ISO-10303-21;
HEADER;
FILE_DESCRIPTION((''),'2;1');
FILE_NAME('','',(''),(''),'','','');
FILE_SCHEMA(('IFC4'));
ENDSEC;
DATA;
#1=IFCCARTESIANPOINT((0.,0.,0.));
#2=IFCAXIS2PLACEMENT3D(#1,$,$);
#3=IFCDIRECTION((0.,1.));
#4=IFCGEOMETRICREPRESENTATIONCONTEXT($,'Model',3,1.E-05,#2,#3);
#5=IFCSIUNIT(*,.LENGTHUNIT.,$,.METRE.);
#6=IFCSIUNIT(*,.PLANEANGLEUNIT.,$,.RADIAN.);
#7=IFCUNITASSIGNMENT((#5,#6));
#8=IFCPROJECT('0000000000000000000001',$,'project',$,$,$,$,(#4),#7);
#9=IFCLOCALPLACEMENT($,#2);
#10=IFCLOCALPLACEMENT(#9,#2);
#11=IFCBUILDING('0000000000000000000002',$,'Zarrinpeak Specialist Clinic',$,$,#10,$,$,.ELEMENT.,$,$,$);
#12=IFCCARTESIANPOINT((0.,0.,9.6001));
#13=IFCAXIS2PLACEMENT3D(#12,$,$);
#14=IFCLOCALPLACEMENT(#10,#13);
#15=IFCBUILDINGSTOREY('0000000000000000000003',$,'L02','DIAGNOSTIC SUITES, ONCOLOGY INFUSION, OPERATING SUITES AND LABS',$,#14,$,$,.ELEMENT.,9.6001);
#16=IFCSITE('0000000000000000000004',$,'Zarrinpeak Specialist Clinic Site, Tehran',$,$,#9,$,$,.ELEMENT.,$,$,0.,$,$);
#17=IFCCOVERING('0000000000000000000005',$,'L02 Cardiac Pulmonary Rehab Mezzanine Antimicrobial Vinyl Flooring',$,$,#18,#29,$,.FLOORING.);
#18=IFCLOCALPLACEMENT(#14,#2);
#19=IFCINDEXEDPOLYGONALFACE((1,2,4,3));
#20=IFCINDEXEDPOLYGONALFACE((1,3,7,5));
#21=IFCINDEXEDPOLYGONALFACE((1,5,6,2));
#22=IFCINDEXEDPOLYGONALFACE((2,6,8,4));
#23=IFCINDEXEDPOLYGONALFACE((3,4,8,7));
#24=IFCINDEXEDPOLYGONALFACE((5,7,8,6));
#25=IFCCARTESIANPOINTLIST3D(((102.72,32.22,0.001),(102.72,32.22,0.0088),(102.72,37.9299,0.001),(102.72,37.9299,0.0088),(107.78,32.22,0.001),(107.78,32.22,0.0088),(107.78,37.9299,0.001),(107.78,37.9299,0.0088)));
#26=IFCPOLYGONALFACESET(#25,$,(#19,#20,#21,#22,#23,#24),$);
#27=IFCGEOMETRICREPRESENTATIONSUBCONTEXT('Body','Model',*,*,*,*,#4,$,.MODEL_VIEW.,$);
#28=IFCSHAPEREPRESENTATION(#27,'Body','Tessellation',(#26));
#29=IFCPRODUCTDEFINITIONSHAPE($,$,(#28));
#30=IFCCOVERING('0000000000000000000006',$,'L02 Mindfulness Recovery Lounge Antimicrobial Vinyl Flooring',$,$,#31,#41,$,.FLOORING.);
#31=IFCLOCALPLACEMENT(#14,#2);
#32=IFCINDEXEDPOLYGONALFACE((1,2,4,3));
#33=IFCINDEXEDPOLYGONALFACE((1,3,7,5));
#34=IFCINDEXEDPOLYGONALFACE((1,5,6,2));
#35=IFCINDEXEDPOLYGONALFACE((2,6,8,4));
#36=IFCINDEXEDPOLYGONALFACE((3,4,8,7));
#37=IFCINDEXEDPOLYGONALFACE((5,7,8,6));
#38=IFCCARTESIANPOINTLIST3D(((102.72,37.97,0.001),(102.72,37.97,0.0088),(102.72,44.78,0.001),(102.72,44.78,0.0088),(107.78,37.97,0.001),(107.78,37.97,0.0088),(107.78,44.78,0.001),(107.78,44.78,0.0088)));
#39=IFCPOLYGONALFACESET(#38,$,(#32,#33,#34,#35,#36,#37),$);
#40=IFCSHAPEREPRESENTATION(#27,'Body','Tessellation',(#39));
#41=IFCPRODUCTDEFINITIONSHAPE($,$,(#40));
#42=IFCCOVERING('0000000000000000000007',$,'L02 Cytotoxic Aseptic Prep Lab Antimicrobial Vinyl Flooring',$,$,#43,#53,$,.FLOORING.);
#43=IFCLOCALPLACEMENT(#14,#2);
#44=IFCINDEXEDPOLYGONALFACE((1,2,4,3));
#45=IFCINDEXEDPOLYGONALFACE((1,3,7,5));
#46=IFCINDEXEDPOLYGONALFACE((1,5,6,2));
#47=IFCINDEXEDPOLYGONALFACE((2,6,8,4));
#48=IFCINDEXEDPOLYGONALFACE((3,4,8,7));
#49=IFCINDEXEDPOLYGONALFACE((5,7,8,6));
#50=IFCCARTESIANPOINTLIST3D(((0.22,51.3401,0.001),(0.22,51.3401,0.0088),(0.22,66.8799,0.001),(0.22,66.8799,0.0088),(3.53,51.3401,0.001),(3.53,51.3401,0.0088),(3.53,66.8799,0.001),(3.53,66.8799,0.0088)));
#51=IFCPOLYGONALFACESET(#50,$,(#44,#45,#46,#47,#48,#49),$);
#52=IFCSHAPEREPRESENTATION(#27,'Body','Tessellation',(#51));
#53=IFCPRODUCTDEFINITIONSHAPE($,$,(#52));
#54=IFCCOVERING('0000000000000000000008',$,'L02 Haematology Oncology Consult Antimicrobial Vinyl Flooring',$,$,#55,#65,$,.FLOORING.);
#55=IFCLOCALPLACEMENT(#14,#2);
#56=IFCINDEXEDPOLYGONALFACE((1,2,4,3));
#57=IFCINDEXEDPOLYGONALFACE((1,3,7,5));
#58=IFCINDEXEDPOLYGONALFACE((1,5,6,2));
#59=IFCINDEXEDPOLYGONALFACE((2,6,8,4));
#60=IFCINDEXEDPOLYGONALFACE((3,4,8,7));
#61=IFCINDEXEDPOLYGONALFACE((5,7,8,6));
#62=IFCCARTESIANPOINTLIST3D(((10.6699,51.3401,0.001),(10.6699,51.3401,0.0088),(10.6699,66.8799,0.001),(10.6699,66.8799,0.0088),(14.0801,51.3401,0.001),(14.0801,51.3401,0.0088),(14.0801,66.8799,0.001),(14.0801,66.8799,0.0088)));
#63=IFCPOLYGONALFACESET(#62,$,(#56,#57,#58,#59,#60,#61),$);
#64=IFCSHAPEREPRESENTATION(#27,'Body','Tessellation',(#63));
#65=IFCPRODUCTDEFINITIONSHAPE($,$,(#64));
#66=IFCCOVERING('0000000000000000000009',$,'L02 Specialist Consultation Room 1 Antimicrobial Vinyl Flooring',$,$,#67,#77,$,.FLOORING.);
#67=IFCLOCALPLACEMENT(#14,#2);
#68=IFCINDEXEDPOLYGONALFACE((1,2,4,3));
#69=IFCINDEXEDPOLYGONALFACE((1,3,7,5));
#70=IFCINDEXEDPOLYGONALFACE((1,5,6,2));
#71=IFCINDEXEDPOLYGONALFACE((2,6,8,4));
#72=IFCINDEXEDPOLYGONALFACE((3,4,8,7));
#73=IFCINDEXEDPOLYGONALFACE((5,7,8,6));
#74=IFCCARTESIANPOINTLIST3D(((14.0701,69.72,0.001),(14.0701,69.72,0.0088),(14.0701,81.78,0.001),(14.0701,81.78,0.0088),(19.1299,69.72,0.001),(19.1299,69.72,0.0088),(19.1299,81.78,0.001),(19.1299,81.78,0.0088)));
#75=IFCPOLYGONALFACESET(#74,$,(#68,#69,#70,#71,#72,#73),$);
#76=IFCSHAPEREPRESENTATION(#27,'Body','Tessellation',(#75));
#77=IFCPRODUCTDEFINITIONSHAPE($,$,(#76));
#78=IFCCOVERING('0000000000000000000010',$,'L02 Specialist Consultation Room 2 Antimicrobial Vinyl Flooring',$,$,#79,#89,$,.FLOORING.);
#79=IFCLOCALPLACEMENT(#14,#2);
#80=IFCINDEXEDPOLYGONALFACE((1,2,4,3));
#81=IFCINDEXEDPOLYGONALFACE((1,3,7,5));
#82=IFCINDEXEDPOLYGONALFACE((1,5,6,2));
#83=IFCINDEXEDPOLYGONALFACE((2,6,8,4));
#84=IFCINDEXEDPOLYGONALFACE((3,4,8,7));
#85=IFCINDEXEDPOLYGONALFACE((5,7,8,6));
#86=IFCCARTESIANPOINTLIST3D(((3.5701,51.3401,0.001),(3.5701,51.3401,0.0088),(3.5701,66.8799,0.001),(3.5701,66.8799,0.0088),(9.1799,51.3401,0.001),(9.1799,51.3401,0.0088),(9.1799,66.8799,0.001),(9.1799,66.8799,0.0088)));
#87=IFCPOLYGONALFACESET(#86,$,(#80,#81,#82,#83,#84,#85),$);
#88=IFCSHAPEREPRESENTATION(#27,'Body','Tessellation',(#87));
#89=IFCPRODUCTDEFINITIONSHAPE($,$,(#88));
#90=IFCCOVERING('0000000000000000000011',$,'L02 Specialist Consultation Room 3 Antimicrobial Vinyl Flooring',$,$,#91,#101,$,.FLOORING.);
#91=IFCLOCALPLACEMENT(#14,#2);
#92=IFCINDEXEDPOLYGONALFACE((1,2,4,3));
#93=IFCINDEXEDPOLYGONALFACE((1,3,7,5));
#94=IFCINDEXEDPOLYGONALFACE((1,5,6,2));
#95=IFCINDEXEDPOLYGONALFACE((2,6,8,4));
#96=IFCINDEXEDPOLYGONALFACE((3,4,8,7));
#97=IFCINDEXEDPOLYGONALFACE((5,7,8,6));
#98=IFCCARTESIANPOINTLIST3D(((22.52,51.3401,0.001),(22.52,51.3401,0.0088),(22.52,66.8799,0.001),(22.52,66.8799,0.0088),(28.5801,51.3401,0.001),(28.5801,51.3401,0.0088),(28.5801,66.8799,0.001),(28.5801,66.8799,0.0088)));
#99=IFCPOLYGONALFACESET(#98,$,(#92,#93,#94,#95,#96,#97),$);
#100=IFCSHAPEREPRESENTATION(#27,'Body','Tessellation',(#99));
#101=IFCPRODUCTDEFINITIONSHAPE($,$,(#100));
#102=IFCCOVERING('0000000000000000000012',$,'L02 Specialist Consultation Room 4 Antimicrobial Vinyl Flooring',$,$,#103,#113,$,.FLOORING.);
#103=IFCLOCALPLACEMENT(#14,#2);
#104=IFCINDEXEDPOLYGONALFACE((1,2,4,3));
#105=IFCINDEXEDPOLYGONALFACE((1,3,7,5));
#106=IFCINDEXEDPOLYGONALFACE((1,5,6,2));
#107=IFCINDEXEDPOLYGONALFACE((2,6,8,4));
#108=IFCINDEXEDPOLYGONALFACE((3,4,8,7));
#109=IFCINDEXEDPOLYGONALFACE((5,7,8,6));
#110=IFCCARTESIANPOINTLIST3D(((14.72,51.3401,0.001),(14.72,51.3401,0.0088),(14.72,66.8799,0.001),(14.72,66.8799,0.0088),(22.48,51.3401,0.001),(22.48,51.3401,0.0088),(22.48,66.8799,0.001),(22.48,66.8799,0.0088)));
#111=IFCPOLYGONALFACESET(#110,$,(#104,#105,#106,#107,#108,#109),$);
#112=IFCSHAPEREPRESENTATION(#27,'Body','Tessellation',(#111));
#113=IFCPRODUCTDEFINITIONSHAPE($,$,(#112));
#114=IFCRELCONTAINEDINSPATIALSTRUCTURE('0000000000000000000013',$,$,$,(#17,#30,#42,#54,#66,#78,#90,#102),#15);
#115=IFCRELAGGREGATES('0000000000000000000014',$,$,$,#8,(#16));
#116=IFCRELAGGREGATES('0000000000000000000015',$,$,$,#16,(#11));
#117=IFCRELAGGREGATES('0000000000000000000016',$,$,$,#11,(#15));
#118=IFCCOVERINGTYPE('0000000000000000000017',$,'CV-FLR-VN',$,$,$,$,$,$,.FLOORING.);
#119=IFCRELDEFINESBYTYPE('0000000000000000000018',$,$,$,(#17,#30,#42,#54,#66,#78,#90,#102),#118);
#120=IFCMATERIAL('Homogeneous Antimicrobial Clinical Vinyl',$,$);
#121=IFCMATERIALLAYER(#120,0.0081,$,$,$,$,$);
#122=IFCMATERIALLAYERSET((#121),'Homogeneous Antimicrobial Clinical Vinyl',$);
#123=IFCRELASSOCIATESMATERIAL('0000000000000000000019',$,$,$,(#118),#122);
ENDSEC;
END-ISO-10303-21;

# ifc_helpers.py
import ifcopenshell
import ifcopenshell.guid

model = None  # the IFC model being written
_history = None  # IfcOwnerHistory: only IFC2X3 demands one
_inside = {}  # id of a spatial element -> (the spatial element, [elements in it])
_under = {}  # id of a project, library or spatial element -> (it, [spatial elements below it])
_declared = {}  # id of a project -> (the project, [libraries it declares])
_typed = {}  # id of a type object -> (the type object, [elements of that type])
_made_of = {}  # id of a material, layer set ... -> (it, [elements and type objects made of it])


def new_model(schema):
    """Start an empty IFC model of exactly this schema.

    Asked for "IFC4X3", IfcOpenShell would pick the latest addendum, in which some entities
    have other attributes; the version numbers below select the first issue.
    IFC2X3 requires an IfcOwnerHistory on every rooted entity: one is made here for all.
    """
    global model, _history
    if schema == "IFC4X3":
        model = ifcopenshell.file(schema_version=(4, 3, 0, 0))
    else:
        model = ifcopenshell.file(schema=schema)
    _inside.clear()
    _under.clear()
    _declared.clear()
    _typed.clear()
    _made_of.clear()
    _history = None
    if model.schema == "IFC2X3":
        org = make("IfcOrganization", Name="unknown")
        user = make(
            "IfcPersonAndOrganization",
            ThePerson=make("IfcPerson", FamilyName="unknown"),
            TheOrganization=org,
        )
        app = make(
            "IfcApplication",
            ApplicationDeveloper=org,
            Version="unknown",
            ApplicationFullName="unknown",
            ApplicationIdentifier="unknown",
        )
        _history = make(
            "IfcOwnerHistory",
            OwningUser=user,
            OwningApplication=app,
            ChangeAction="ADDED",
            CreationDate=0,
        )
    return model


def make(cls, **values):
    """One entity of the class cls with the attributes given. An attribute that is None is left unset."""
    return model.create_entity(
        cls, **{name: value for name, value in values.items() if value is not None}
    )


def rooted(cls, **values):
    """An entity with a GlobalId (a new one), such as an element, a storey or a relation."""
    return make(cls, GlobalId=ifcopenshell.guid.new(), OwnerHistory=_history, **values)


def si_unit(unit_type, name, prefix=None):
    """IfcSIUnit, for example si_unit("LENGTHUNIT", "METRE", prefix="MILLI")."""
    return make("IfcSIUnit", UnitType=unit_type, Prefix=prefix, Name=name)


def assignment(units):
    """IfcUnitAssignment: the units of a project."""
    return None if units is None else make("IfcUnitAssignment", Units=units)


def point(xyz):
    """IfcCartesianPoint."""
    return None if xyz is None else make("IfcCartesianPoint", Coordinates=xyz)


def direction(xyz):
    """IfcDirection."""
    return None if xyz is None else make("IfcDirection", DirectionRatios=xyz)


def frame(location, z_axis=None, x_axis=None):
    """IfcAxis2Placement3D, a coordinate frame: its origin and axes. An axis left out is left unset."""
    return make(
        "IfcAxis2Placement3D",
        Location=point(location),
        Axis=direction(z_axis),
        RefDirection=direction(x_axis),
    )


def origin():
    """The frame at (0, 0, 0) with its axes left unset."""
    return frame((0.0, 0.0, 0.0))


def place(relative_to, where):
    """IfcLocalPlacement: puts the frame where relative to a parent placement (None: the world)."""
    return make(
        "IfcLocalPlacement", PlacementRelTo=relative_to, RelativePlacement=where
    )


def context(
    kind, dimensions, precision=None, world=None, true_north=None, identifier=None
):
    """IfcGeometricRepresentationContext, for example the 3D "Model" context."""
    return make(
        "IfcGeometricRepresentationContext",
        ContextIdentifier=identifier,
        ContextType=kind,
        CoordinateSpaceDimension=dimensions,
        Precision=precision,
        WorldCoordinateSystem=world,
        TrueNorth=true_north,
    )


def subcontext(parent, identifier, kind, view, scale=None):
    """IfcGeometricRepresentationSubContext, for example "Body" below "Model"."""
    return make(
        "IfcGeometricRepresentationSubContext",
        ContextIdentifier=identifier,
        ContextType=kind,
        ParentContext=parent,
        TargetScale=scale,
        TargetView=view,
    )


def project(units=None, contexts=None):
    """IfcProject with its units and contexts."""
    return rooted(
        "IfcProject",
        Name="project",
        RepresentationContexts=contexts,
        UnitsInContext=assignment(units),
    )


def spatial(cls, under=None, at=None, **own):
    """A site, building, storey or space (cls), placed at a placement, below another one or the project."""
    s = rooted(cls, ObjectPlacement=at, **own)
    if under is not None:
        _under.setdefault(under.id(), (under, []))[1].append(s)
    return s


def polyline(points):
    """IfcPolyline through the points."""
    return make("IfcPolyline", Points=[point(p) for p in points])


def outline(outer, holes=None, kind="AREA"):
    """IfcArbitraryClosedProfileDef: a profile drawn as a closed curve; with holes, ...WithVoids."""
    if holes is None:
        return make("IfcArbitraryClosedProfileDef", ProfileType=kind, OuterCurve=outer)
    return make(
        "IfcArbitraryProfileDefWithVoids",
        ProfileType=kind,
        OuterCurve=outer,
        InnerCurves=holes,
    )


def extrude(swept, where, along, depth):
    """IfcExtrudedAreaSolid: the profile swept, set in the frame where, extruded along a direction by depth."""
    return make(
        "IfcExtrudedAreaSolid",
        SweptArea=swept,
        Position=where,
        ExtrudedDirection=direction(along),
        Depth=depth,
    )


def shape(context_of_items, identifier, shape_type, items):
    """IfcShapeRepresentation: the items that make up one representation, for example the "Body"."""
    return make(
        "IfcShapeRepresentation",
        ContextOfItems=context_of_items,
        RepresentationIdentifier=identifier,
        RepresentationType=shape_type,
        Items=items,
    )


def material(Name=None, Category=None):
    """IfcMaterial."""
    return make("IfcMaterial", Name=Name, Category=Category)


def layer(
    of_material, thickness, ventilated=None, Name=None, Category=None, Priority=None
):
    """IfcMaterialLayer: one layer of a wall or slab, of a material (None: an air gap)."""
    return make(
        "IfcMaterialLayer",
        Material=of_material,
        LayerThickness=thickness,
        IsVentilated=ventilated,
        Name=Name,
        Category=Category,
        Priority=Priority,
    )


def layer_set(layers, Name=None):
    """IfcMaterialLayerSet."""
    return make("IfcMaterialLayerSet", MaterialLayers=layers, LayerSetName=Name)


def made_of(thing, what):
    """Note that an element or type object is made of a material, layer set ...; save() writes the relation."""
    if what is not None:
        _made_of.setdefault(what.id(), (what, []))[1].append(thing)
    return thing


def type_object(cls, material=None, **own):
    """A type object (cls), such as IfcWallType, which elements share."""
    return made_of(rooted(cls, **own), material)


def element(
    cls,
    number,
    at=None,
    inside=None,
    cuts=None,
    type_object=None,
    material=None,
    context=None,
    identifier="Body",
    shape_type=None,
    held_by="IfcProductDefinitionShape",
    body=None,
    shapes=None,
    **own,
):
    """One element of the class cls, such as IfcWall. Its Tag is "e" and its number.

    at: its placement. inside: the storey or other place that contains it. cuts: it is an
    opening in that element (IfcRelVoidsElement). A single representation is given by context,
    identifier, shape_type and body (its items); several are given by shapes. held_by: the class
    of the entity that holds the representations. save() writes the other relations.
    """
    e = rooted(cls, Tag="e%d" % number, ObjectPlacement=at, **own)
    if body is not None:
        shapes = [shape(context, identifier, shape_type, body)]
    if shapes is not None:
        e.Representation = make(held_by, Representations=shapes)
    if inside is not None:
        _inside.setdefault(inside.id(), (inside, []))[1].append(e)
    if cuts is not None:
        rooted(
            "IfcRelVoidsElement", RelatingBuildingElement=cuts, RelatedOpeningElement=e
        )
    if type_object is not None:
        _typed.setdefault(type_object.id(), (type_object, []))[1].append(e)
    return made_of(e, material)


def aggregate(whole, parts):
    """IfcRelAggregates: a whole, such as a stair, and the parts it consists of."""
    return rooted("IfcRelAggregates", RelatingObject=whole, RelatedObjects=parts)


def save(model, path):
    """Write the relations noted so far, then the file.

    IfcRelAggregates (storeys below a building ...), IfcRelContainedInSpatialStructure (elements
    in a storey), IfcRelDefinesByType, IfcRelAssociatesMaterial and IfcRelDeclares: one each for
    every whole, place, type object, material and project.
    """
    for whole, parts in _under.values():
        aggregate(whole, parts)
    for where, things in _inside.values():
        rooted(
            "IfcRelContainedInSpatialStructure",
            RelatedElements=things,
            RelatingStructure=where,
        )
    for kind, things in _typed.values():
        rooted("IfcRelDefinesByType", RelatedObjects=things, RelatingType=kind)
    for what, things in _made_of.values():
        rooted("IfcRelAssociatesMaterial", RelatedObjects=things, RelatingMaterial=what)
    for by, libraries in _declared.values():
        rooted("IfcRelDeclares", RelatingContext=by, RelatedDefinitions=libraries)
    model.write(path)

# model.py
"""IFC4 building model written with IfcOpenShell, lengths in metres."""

from ifc_helpers import new_model, si_unit, direction, frame, origin, place, context, subcontext, project, spatial, polyline, outline, extrude, material, layer, layer_set, type_object, element, save


model = new_model("IFC4")

# Units and contexts
model_context = context("Model", 3, precision=1e-05, world=origin(), true_north=direction((0.0, 1.0)))
body_context = subcontext(model_context, "Body", "Model", "MODEL_VIEW")
ifc_project = project(units=[si_unit("LENGTHUNIT", "METRE"), si_unit("PLANEANGLEUNIT", "RADIAN")], contexts=[model_context])

# Site, building, storey
site_placement = place(None, origin())
site = spatial("IfcSite", under=ifc_project, at=site_placement, Name="Zarrinpeak Specialist Clinic Site, Tehran", CompositionType="ELEMENT", RefElevation=0.0)
building_placement = place(site_placement, origin())
building = spatial("IfcBuilding", under=site, at=building_placement, Name="Zarrinpeak Specialist Clinic", CompositionType="ELEMENT")
storey_placement = place(building_placement, frame((0.0, 0.0, 9.6001)))
storey = spatial("IfcBuildingStorey", under=building, at=storey_placement, Name="L02", Description="DIAGNOSTIC SUITES, ONCOLOGY INFUSION, OPERATING SUITES AND LABS", CompositionType="ELEMENT", Elevation=9.6001)

# Coverings
ifc_material_1 = material(Name="Homogeneous Antimicrobial Clinical Vinyl")
ifc_layer_1 = layer(ifc_material_1, 0.0081)
ifc_layer_set_1 = layer_set([ifc_layer_1], Name="Homogeneous Antimicrobial Clinical Vinyl")
covering_type_1 = type_object("IfcCoveringType", Name="CV-FLR-VN", PredefinedType="FLOORING", material=ifc_layer_set_1)
covering_1_placement = place(storey_placement, frame((0.0, 0.0, 0.001)))
element("IfcCovering", 1, at=covering_1_placement, inside=storey, type_object=covering_type_1, Name="L02 Cardiac Pulmonary Rehab Mezzanine Antimicrobial Vinyl Flooring", PredefinedType="FLOORING", context=body_context, shape_type="SweptSolid", body=[
    extrude(outline(polyline([(102.72, 32.22), (107.78, 32.22), (107.78, 37.9299), (102.72, 37.9299), (102.72, 32.22)])), origin(), (0.0, 0.0, 1.0), 0.0078),
])
covering_2_placement = place(storey_placement, frame((0.0, 0.0, 0.001)))
element("IfcCovering", 2, at=covering_2_placement, inside=storey, type_object=covering_type_1, Name="L02 Mindfulness Recovery Lounge Antimicrobial Vinyl Flooring", PredefinedType="FLOORING", context=body_context, shape_type="SweptSolid", body=[
    extrude(outline(polyline([(102.72, 37.97), (107.78, 37.97), (107.78, 44.78), (102.72, 44.78), (102.72, 37.97)])), origin(), (0.0, 0.0, 1.0), 0.0078),
])
covering_3_placement = place(storey_placement, frame((0.0, 0.0, 0.001)))
element("IfcCovering", 3, at=covering_3_placement, inside=storey, type_object=covering_type_1, Name="L02 Cytotoxic Aseptic Prep Lab Antimicrobial Vinyl Flooring", PredefinedType="FLOORING", context=body_context, shape_type="SweptSolid", body=[
    extrude(outline(polyline([(0.22, 51.3401), (3.53, 51.3401), (3.53, 66.8799), (0.22, 66.8799), (0.22, 51.3401)])), origin(), (0.0, 0.0, 1.0), 0.0078),
])
covering_4_placement = place(storey_placement, frame((0.0, 0.0, 0.001)))
element("IfcCovering", 4, at=covering_4_placement, inside=storey, type_object=covering_type_1, Name="L02 Haematology Oncology Consult Antimicrobial Vinyl Flooring", PredefinedType="FLOORING", context=body_context, shape_type="SweptSolid", body=[
    extrude(outline(polyline([(10.6699, 51.3401), (14.0801, 51.3401), (14.0801, 66.8799), (10.6699, 66.8799), (10.6699, 51.3401)])), origin(), (0.0, 0.0, 1.0), 0.0078),
])
covering_5_placement = place(storey_placement, frame((0.0, 0.0, 0.001)))
element("IfcCovering", 5, at=covering_5_placement, inside=storey, type_object=covering_type_1, Name="L02 Specialist Consultation Room 1 Antimicrobial Vinyl Flooring", PredefinedType="FLOORING", context=body_context, shape_type="SweptSolid", body=[
    extrude(outline(polyline([(14.0701, 69.72), (19.1299, 69.72), (19.1299, 81.78), (14.0701, 81.78), (14.0701, 69.72)])), origin(), (0.0, 0.0, 1.0), 0.0078),
])
covering_6_placement = place(storey_placement, frame((0.0, 0.0, 0.001)))
element("IfcCovering", 6, at=covering_6_placement, inside=storey, type_object=covering_type_1, Name="L02 Specialist Consultation Room 2 Antimicrobial Vinyl Flooring", PredefinedType="FLOORING", context=body_context, shape_type="SweptSolid", body=[
    extrude(outline(polyline([(3.5701, 51.3401), (9.1799, 51.3401), (9.1799, 66.8799), (3.5701, 66.8799), (3.5701, 51.3401)])), origin(), (0.0, 0.0, 1.0), 0.0078),
])
covering_7_placement = place(storey_placement, frame((0.0, 0.0, 0.001)))
element("IfcCovering", 7, at=covering_7_placement, inside=storey, type_object=covering_type_1, Name="L02 Specialist Consultation Room 3 Antimicrobial Vinyl Flooring", PredefinedType="FLOORING", context=body_context, shape_type="SweptSolid", body=[
    extrude(outline(polyline([(22.52, 51.3401), (28.5801, 51.3401), (28.5801, 66.8799), (22.52, 66.8799), (22.52, 51.3401)])), origin(), (0.0, 0.0, 1.0), 0.0078),
])
covering_8_placement = place(storey_placement, frame((0.0, 0.0, 0.001)))
element("IfcCovering", 8, at=covering_8_placement, inside=storey, type_object=covering_type_1, Name="L02 Specialist Consultation Room 4 Antimicrobial Vinyl Flooring", PredefinedType="FLOORING", context=body_context, shape_type="SweptSolid", body=[
    extrude(outline(polyline([(14.72, 51.3401), (22.48, 51.3401), (22.48, 66.8799), (14.72, 66.8799), (14.72, 51.3401)])), origin(), (0.0, 0.0, 1.0), 0.0078),
])

save(model, "model.ifc")
